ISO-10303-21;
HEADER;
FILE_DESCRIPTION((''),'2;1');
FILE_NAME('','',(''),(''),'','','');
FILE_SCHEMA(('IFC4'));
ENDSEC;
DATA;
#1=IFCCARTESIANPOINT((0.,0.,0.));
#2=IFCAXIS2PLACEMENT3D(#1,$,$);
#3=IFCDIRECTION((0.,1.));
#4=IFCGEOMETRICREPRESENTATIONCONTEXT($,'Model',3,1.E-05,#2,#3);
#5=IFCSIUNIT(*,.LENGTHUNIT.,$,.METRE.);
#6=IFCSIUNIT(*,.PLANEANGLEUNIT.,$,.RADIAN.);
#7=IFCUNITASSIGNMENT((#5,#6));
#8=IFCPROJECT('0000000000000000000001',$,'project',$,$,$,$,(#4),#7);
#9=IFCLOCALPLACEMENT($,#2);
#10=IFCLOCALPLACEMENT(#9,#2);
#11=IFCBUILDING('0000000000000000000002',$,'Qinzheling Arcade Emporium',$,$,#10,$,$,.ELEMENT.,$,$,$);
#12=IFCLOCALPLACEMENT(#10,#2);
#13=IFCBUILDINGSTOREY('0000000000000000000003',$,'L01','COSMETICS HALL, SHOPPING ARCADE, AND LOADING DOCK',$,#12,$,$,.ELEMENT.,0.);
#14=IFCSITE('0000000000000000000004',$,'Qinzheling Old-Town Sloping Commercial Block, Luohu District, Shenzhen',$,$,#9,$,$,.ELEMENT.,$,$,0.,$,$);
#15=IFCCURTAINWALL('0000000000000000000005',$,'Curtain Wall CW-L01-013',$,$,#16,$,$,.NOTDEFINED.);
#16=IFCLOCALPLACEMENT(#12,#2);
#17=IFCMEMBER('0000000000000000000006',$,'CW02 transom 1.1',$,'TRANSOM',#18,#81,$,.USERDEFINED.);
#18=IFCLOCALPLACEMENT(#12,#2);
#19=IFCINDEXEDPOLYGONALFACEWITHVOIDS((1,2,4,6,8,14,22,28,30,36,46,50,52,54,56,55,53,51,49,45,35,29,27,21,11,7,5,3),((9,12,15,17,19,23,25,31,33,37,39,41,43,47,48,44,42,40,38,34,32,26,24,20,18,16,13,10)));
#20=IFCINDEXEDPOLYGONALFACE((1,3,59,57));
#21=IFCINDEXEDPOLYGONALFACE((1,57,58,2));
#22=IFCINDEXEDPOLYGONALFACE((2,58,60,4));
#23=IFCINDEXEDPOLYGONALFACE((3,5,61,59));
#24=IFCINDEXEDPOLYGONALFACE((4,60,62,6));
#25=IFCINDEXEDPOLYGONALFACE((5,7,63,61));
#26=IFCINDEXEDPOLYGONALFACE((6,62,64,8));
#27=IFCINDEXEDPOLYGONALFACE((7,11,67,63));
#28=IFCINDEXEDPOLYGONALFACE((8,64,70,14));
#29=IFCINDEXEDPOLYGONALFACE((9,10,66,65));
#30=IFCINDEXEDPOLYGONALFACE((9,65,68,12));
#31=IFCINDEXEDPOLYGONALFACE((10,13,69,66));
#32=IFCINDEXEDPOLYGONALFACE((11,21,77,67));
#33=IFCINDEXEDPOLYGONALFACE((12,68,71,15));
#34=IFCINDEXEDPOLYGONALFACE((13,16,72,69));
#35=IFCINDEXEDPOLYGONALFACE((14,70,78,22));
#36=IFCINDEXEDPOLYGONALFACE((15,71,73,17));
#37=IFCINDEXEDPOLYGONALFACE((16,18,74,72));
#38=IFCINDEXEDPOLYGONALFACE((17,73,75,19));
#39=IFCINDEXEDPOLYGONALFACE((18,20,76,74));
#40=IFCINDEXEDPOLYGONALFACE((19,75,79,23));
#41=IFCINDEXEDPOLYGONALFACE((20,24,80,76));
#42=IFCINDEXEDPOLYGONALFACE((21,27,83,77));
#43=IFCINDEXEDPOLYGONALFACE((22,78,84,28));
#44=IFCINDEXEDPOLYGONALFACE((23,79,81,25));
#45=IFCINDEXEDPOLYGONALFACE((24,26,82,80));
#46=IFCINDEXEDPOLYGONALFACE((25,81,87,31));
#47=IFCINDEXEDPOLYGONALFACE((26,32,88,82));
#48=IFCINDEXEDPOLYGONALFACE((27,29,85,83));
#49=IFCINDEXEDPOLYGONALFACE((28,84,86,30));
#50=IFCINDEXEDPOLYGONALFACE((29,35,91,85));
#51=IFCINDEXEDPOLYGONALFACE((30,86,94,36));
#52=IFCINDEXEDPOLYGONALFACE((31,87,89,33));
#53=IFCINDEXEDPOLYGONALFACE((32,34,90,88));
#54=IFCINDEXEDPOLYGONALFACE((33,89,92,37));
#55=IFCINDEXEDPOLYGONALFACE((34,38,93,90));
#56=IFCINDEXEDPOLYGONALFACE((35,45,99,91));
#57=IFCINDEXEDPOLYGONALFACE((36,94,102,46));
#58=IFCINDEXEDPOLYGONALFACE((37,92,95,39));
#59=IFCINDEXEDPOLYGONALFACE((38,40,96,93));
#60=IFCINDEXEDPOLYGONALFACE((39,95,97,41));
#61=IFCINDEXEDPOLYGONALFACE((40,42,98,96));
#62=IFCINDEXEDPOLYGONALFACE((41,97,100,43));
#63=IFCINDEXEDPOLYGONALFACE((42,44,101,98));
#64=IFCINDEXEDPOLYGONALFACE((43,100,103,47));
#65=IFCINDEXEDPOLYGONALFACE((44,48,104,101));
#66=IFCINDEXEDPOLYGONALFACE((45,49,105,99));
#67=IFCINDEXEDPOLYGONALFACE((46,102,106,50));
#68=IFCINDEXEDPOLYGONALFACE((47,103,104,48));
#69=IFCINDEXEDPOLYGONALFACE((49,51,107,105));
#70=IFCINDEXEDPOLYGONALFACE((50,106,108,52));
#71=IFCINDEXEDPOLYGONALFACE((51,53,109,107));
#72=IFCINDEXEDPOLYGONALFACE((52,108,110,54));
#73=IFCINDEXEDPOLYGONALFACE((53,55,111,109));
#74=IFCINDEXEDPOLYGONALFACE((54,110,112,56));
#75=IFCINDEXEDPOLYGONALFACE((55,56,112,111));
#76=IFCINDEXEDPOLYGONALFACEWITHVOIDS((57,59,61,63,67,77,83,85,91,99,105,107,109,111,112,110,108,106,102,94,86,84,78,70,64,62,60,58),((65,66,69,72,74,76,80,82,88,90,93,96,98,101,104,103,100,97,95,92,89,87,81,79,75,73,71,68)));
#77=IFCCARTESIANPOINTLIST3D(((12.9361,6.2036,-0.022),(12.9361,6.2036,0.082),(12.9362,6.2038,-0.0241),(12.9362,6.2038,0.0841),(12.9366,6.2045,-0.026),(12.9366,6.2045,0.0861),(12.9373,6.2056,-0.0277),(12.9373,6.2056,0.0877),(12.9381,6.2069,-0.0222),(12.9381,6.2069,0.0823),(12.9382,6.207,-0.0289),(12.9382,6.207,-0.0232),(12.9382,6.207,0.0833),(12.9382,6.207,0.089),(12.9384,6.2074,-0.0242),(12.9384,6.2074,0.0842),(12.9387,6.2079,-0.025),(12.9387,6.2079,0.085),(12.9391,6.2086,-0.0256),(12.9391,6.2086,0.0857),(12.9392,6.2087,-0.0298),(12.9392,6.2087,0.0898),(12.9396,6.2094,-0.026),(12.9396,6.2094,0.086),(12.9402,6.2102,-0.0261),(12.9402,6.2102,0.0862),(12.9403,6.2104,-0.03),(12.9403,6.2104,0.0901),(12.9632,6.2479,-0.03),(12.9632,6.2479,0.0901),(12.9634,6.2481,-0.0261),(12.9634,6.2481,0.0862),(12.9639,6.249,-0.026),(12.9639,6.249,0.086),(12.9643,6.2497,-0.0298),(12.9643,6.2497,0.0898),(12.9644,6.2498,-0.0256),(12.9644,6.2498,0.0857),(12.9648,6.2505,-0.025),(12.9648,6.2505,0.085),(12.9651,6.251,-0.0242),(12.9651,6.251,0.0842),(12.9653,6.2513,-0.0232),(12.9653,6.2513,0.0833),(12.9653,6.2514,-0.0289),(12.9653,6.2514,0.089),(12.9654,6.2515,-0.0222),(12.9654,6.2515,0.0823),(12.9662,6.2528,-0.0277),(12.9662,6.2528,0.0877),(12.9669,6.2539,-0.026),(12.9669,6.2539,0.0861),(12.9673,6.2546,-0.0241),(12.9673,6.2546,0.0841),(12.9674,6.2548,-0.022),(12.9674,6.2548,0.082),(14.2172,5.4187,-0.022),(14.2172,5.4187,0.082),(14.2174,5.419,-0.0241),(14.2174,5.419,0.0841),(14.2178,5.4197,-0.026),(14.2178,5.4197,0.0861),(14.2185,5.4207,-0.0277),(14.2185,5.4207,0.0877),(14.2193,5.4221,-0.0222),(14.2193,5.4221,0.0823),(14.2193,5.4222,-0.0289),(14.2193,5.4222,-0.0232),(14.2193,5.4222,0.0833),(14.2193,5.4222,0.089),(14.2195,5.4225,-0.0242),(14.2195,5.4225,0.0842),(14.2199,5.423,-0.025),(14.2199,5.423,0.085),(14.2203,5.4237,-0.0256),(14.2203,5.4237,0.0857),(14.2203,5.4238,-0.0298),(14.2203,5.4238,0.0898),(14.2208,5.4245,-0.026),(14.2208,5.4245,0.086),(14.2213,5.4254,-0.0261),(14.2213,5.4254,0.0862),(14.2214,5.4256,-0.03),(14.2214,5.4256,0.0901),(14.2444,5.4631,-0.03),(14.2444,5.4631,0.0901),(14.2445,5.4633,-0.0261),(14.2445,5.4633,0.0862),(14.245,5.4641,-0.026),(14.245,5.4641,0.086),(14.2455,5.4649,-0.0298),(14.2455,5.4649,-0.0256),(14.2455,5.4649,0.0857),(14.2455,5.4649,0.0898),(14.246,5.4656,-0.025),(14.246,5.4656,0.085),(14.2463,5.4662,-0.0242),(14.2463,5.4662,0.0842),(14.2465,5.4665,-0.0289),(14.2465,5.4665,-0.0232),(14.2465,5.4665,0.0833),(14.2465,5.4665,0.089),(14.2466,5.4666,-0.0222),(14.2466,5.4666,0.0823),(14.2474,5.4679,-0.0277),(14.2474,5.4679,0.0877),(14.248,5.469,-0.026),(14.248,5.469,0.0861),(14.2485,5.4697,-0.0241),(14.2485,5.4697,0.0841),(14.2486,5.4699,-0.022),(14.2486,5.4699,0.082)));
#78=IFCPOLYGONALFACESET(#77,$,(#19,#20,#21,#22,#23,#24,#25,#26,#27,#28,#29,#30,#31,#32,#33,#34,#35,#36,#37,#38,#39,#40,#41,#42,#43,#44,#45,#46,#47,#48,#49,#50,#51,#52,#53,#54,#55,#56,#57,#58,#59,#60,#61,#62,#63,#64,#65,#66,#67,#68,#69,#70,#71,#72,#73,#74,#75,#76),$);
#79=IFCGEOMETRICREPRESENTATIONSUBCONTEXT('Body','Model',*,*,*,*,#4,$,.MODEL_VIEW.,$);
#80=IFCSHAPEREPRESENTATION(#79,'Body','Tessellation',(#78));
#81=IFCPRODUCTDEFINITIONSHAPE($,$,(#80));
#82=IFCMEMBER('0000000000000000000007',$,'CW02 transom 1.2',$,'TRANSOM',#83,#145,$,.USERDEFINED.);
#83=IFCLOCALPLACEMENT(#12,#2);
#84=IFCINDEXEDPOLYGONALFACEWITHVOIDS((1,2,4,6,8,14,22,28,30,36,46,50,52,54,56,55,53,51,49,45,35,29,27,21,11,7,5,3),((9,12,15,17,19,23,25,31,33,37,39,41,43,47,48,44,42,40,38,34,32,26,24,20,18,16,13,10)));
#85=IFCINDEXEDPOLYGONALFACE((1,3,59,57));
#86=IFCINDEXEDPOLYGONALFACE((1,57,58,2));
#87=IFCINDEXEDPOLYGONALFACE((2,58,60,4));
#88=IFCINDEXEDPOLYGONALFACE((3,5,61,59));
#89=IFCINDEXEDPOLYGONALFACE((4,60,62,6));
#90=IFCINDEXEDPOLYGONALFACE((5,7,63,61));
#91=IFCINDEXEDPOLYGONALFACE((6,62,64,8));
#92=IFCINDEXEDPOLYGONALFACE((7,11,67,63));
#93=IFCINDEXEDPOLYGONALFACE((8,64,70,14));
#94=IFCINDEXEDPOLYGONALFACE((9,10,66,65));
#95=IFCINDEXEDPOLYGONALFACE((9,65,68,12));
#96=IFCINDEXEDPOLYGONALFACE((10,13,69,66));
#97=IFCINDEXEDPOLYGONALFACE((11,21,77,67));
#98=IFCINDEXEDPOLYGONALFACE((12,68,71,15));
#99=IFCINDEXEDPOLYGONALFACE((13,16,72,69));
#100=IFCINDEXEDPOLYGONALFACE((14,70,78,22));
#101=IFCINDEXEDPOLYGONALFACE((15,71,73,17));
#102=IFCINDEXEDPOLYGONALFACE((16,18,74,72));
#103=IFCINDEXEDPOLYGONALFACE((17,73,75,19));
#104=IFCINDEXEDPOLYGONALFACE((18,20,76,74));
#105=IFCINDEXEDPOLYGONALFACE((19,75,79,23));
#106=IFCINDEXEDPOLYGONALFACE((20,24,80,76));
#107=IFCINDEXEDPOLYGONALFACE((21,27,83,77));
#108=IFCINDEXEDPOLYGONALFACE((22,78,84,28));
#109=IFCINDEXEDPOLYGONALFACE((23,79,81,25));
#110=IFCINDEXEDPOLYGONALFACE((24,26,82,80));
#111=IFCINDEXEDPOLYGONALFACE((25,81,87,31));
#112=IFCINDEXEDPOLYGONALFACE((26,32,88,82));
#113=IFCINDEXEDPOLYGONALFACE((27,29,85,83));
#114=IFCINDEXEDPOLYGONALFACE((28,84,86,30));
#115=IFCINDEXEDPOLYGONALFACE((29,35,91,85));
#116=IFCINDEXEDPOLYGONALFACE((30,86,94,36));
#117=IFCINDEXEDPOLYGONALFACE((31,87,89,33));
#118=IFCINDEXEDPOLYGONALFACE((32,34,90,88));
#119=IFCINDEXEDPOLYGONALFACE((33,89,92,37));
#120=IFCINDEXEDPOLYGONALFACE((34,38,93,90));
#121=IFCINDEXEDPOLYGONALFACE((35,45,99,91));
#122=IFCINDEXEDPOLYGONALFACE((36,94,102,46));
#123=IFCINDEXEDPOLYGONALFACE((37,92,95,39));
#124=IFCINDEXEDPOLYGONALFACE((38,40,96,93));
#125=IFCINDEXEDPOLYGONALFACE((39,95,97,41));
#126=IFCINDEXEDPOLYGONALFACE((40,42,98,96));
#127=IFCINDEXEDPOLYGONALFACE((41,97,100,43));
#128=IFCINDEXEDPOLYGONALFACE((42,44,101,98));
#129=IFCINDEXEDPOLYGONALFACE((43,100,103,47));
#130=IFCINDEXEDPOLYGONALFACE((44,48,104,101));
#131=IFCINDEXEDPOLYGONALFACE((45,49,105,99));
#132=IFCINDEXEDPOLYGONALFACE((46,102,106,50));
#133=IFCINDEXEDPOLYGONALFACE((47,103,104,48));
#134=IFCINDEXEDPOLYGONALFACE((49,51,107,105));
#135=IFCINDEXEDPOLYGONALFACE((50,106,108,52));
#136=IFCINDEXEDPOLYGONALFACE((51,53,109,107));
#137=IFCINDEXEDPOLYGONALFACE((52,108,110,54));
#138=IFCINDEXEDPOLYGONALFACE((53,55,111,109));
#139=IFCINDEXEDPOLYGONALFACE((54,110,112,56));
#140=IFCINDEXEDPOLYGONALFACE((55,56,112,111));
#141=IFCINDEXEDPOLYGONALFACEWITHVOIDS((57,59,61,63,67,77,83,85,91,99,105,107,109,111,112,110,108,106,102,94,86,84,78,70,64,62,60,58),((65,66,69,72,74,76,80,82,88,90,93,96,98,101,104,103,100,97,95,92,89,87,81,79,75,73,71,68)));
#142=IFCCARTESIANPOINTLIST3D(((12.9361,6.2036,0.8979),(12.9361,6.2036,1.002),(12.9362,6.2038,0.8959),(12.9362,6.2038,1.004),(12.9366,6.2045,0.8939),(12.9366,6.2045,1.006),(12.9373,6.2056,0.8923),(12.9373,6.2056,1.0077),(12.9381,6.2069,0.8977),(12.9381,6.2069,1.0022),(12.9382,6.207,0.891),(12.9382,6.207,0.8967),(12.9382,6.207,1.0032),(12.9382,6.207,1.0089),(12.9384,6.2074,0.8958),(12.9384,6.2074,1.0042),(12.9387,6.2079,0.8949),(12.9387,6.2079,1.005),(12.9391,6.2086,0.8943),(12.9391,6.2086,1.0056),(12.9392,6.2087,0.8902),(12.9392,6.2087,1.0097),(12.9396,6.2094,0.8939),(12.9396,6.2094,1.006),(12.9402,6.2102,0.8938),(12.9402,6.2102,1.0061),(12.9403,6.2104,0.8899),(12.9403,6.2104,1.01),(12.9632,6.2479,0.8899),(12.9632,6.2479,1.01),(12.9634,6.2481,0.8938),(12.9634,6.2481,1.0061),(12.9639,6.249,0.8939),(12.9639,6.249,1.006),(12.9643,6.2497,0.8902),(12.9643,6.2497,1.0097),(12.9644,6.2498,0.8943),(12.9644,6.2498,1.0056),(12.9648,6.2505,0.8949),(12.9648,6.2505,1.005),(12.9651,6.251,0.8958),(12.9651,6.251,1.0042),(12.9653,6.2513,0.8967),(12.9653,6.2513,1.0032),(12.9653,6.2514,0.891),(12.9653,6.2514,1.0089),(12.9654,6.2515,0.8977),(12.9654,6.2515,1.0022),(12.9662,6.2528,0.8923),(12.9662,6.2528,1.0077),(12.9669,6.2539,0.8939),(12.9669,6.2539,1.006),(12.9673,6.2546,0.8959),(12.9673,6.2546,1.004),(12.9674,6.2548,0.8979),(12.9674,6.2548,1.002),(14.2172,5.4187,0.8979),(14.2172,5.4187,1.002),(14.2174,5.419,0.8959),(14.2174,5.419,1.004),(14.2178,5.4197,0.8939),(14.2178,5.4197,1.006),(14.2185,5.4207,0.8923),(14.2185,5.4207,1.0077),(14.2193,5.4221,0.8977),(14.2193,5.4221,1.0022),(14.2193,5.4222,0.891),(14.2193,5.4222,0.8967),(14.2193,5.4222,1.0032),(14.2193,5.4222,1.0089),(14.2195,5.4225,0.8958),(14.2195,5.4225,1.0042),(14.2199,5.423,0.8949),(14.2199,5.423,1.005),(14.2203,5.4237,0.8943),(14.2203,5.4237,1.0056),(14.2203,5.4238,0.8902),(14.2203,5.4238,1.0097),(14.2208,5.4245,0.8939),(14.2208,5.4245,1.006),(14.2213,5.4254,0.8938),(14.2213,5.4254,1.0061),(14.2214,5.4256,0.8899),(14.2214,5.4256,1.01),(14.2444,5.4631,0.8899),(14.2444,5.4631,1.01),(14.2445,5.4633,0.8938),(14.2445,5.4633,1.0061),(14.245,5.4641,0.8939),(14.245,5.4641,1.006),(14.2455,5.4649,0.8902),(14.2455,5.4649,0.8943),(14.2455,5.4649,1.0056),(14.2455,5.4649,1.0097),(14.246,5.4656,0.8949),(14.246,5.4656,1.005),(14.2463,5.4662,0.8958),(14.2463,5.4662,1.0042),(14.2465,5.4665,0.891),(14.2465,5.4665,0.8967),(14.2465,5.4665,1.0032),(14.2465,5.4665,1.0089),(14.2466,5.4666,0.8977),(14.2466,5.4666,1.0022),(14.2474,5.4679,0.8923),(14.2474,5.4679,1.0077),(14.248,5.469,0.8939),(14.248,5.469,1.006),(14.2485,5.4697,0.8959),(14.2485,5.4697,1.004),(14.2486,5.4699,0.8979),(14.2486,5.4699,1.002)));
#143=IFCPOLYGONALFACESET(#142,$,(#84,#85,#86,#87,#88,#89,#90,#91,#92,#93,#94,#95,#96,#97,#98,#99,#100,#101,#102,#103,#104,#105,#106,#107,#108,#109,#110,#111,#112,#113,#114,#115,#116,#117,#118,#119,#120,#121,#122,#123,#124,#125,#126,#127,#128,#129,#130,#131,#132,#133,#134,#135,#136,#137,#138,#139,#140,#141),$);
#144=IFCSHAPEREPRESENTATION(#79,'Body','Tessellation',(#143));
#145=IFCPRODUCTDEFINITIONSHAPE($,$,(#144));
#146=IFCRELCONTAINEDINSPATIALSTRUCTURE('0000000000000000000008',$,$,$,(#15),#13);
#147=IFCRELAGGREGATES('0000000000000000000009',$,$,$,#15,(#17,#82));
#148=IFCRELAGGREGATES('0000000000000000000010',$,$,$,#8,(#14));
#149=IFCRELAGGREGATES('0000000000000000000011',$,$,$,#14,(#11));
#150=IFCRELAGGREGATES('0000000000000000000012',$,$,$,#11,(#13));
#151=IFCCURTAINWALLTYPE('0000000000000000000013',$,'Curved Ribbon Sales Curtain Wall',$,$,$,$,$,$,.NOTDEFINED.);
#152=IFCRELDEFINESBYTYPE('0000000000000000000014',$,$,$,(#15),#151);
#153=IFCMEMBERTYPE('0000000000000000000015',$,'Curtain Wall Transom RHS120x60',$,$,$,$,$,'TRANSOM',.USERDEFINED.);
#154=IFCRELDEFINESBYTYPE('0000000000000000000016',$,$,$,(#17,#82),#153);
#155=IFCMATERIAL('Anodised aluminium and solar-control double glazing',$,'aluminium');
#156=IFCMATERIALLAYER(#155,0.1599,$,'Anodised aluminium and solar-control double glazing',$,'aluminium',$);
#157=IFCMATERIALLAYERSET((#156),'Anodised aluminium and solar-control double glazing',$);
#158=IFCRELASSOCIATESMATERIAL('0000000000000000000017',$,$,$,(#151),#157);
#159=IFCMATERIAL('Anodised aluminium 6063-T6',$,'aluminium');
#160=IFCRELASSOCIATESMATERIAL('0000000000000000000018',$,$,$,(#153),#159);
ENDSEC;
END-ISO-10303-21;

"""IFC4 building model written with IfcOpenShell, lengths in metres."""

from ifc_helpers import new_model, si_unit, direction, frame, origin, origin_2d, place, context, subcontext, project, spatial, hollow_rectangle, extrude, material, layer, layer_set, material_profile, profile_set, type_object, element, aggregate, save


model = new_model("IFC4")

# Units and contexts
model_context = context("Model", 3, precision=1e-05, world=origin(), true_north=direction((0.0, 1.0)))
body_context = subcontext(model_context, "Body", "Model", "MODEL_VIEW")
ifc_project = project(units=[si_unit("LENGTHUNIT", "METRE"), si_unit("PLANEANGLEUNIT", "RADIAN")], contexts=[model_context])

# Site, building, storey
site_placement = place(None, origin())
site = spatial("IfcSite", under=ifc_project, at=site_placement, Name="Qinzheling Old-Town Sloping Commercial Block, Luohu District, Shenzhen", CompositionType="ELEMENT", RefElevation=0.0)
building_placement = place(site_placement, origin())
building = spatial("IfcBuilding", under=site, at=building_placement, Name="Qinzheling Arcade Emporium", CompositionType="ELEMENT")
storey_placement = place(building_placement, origin())
storey = spatial("IfcBuildingStorey", under=building, at=storey_placement, Name="L01", Description="COSMETICS HALL, SHOPPING ARCADE, AND LOADING DOCK", CompositionType="ELEMENT", Elevation=0.0)

# Shared definitions
ifc_material_1 = material(Name="Anodised aluminium and solar-control double glazing", Category="aluminium")
ifc_layer_1 = layer(ifc_material_1, 0.1599, Name="Anodised aluminium and solar-control double glazing", Category="aluminium")
ifc_layer_set_1 = layer_set([ifc_layer_1], Name="Anodised aluminium and solar-control double glazing")
curtain_wall_type = type_object("IfcCurtainWallType", Name="Curved Ribbon Sales Curtain Wall", PredefinedType="NOTDEFINED", material=ifc_layer_set_1)
ifc_material_2 = material(Name="Anodised aluminium 6063-T6", Category="aluminium")

# Curtain wall
curtain_wall_1_placement = place(storey_placement, origin())
curtain_wall_1 = element("IfcCurtainWall", 1, at=curtain_wall_1_placement, inside=storey, type_object=curtain_wall_type, Name="Curtain Wall CW-L01-013", PredefinedType="NOTDEFINED")

# Members
ifc_material_profile_1 = material_profile(ifc_material_2, hollow_rectangle(XDim=0.0601, YDim=0.1201, WallThickness=0.0039, InnerFilletRadius=0.0039, OuterFilletRadius=0.0081, at=origin_2d()), Name="RHS 120x60x4", Category="aluminium")
ifc_profile_set_1 = profile_set([ifc_material_profile_1], Name="Anodised aluminium 6063-T6")
member_type_1 = type_object("IfcMemberType", Name="Curtain Wall Transom RHS120x60", ElementType="TRANSOM", PredefinedType="USERDEFINED", material=ifc_profile_set_1)
member_1_placement = place(storey_placement, frame((14.2329, 5.4443, 0.03), z_axis=(-0.852711, 0.522383, 0.0), x_axis=(-0.522383, -0.852711, 0.0)))
member_1 = element("IfcMember", 2, at=member_1_placement, type_object=member_type_1, Name="CW02 transom 1.1", ObjectType="TRANSOM", PredefinedType="USERDEFINED", context=body_context, shape_type="SweptSolid", body=[
    extrude(hollow_rectangle(XDim=0.0601, YDim=0.1201, WallThickness=0.0039, InnerFilletRadius=0.0039, OuterFilletRadius=0.0081, at=origin_2d()), origin(), (0.0, 0.0, 1.0), 1.5024),
])
member_2_placement = place(storey_placement, frame((14.2329, 5.4443, 0.95), z_axis=(-0.852711, 0.522383, 0.0), x_axis=(-0.522383, -0.852711, 0.0)))
member_2 = element("IfcMember", 3, at=member_2_placement, type_object=member_type_1, Name="CW02 transom 1.2", ObjectType="TRANSOM", PredefinedType="USERDEFINED", context=body_context, shape_type="SweptSolid", body=[
    extrude(hollow_rectangle(XDim=0.0601, YDim=0.1201, WallThickness=0.0039, InnerFilletRadius=0.0039, OuterFilletRadius=0.0081, at=origin_2d()), origin(), (0.0, 0.0, 1.0), 1.5024),
])

aggregate(curtain_wall_1, [member_1, member_2])

save(model, "model.ifc")
